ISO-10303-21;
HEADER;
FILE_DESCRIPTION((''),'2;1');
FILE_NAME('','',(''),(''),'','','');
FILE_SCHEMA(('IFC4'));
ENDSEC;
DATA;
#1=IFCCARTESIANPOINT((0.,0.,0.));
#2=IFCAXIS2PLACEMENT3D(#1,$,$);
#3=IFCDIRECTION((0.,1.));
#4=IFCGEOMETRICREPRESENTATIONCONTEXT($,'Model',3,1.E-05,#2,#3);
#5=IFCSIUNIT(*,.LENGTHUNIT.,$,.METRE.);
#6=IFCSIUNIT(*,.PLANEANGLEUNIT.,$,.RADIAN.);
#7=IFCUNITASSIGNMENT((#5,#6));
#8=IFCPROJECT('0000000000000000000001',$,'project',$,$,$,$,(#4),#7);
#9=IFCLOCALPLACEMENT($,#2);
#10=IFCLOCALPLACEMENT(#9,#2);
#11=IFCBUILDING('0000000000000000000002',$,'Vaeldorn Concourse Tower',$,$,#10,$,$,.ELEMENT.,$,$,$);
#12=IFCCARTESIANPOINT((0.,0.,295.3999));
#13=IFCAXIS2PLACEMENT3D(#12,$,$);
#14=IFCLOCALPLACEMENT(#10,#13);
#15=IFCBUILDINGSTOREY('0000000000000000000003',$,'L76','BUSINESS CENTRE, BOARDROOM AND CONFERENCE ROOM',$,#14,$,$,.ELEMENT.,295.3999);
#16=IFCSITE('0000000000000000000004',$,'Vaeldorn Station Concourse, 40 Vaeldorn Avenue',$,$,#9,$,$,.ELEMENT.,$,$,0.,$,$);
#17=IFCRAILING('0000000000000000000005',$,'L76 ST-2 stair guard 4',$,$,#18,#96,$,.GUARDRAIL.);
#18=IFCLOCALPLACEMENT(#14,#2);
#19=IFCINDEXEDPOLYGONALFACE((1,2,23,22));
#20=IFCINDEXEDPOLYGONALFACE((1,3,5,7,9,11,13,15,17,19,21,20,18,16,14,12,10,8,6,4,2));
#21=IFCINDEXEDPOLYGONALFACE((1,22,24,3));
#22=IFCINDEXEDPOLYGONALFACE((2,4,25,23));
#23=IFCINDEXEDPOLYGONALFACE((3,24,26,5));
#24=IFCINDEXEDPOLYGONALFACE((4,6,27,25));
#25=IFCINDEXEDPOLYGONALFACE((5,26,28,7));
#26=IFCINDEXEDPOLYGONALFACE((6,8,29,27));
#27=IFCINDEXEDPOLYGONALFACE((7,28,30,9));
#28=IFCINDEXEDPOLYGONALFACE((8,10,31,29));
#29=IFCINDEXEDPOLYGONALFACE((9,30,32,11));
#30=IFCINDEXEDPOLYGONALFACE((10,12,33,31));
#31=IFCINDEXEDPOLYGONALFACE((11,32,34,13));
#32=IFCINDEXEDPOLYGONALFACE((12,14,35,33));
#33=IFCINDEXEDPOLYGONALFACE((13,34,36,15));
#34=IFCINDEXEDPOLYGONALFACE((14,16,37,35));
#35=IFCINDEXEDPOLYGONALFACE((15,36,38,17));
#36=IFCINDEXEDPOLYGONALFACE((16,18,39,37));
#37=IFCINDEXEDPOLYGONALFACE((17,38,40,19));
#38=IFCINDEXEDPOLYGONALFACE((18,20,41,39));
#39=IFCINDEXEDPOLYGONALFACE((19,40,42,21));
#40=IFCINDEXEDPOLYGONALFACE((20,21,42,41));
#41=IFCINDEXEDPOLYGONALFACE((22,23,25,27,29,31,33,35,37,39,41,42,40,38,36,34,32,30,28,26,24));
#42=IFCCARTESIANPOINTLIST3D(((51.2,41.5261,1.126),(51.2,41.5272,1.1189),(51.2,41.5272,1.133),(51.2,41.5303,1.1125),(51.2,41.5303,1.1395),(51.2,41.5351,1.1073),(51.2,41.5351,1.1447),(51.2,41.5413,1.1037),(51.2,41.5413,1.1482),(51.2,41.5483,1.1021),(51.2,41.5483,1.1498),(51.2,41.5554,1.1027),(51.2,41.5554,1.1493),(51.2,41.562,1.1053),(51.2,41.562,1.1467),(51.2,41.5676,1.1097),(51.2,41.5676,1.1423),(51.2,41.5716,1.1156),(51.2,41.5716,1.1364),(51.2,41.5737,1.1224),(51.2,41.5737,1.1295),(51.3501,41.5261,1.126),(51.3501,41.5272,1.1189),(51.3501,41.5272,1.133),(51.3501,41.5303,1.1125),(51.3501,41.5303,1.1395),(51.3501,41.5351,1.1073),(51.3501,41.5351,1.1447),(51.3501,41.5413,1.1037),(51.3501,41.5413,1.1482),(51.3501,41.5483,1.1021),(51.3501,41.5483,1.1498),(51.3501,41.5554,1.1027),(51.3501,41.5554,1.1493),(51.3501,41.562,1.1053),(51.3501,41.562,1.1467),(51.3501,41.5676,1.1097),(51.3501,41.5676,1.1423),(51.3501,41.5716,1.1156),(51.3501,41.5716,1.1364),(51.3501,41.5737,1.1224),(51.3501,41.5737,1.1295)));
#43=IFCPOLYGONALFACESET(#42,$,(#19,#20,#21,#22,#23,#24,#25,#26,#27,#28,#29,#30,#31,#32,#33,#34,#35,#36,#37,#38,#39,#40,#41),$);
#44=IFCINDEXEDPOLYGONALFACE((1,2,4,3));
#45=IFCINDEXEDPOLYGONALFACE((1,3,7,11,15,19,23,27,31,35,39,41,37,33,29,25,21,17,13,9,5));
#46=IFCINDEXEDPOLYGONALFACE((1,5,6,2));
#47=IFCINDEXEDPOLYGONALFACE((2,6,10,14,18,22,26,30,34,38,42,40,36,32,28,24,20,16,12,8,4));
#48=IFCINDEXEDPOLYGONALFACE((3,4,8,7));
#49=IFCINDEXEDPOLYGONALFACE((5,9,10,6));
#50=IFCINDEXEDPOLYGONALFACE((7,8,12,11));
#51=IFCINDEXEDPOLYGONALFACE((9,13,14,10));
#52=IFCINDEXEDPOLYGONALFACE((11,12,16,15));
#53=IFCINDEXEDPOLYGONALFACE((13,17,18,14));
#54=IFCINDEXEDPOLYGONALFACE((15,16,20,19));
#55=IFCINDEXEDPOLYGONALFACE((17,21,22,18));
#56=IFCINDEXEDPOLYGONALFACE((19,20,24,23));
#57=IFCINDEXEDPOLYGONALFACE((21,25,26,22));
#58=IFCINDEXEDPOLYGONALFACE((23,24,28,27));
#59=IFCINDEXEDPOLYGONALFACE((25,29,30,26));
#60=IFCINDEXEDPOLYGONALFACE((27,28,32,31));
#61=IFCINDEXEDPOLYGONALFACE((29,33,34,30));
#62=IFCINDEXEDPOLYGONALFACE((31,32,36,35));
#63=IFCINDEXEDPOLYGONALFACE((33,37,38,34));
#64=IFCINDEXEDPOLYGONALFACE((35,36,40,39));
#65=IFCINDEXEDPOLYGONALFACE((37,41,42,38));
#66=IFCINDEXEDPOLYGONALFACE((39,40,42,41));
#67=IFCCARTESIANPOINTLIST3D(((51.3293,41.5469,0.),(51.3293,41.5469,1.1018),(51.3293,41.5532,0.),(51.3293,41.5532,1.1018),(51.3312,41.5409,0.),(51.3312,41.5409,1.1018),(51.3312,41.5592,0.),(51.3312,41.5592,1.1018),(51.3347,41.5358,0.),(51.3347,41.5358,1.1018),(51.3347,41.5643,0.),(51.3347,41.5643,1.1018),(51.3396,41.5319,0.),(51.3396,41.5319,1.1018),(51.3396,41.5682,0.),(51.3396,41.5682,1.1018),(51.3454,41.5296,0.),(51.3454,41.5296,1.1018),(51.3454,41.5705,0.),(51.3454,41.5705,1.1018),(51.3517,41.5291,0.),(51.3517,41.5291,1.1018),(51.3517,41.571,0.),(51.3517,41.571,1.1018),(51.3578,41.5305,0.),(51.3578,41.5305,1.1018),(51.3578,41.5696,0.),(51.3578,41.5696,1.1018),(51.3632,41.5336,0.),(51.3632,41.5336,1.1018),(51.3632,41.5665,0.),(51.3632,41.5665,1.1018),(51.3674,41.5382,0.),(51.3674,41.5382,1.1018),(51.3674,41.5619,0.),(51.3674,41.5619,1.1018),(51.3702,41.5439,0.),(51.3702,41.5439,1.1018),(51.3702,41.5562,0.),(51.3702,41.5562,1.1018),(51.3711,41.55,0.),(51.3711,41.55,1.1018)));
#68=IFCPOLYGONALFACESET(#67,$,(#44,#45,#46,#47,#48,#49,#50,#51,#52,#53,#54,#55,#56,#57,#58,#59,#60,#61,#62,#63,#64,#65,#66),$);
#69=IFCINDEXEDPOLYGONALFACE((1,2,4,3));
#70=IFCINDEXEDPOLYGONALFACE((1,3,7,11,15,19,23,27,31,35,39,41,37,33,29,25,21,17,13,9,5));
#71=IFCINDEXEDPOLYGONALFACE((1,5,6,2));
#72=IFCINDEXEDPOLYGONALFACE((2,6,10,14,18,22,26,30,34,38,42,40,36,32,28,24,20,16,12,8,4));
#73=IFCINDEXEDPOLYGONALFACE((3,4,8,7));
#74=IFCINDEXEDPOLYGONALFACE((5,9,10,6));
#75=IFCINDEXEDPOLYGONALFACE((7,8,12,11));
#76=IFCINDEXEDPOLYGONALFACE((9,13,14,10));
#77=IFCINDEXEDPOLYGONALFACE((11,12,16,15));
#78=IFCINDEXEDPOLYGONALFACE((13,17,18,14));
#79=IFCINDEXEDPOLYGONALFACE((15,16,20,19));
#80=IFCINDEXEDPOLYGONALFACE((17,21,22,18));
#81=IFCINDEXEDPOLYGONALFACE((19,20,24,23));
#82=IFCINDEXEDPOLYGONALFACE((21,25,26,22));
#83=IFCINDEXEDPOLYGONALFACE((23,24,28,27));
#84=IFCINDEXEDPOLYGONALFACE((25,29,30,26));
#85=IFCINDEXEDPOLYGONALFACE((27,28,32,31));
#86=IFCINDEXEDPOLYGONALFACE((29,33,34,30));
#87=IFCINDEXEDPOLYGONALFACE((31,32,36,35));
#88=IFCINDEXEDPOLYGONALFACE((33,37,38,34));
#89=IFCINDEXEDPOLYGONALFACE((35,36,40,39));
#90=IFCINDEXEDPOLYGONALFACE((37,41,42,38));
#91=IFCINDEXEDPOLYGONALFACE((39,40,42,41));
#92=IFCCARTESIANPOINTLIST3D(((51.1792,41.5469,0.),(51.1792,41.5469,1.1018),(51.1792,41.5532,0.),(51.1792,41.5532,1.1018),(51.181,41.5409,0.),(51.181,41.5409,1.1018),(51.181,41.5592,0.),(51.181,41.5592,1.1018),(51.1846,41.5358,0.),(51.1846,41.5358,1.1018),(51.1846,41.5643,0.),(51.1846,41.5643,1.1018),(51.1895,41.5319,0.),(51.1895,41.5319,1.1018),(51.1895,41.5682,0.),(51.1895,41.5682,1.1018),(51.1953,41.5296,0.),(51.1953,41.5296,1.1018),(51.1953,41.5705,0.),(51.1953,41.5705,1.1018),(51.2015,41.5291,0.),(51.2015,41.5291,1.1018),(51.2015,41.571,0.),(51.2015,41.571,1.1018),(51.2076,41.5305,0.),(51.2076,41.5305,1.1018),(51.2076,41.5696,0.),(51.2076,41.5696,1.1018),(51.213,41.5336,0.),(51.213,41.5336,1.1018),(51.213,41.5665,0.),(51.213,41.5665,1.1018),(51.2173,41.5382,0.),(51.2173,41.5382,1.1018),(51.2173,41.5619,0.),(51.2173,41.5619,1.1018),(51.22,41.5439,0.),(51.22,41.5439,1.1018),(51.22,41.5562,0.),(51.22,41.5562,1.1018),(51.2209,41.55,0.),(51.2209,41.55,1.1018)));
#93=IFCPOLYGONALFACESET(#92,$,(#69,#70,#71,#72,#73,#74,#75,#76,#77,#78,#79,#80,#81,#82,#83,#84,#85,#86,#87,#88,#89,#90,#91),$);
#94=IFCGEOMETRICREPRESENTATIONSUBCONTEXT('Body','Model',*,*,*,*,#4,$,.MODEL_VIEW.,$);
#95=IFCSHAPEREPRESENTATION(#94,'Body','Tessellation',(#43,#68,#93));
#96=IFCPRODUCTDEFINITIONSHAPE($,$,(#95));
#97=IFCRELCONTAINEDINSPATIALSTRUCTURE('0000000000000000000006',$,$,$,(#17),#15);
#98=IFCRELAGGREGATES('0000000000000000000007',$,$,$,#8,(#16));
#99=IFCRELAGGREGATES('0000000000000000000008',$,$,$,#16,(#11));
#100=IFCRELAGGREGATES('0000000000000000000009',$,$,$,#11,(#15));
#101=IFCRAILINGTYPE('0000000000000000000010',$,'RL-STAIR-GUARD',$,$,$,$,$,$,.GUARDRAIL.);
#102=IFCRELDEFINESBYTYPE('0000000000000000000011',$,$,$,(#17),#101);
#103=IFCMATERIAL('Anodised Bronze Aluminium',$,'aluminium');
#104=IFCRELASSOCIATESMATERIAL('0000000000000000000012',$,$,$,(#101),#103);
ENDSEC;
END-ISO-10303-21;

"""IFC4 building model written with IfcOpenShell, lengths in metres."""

from ifc_helpers import new_model, si_unit, direction, frame, origin, origin_2d, place, context, subcontext, project, spatial, circle, extrude, material, type_object, element, save


model = new_model("IFC4")

# Units and contexts
model_context = context("Model", 3, precision=1e-05, world=origin(), true_north=direction((0.0, 1.0)))
body_context = subcontext(model_context, "Body", "Model", "MODEL_VIEW")
ifc_project = project(units=[si_unit("LENGTHUNIT", "METRE"), si_unit("PLANEANGLEUNIT", "RADIAN")], contexts=[model_context])

# Site, building, storey
site_placement = place(None, origin())
site = spatial("IfcSite", under=ifc_project, at=site_placement, Name="Vaeldorn Station Concourse, 40 Vaeldorn Avenue", CompositionType="ELEMENT", RefElevation=0.0)
building_placement = place(site_placement, origin())
building = spatial("IfcBuilding", under=site, at=building_placement, Name="Vaeldorn Concourse Tower", CompositionType="ELEMENT")
storey_placement = place(building_placement, frame((0.0, 0.0, 295.3999)))
storey = spatial("IfcBuildingStorey", under=building, at=storey_placement, Name="L76", Description="BUSINESS CENTRE, BOARDROOM AND CONFERENCE ROOM", CompositionType="ELEMENT", Elevation=295.3999)

# Shared definitions
ifc_material_1 = material(Name="Anodised Bronze Aluminium", Category="aluminium")

# Railing
railing_type_1 = type_object("IfcRailingType", Name="RL-STAIR-GUARD", PredefinedType="GUARDRAIL", material=ifc_material_1)
railing_1_placement = place(storey_placement, frame((51.3501, 41.55, 0.0)))
element("IfcRailing", 1, at=railing_1_placement, inside=storey, type_object=railing_type_1, Name="L76 ST-2 stair guard 4", PredefinedType="GUARDRAIL", context=body_context, shape_type="SweptSolid", body=[
    extrude(circle(Radius=0.0239, at=origin_2d()), frame((0.0, 0.0, 1.126), z_axis=(-1.0, 0.0, 0.0), x_axis=(0.0, -1.0, 0.0)), (0.0, 0.0, 1.0), 0.1501),
    extrude(circle(Radius=0.021, at=origin_2d()), origin(), (0.0, 0.0, 1.0), 1.1018),
    extrude(circle(Radius=0.021, at=origin_2d()), frame((-0.1501, 0.0, 0.0)), (0.0, 0.0, 1.0), 1.1018),
])

save(model, "model.ifc")
